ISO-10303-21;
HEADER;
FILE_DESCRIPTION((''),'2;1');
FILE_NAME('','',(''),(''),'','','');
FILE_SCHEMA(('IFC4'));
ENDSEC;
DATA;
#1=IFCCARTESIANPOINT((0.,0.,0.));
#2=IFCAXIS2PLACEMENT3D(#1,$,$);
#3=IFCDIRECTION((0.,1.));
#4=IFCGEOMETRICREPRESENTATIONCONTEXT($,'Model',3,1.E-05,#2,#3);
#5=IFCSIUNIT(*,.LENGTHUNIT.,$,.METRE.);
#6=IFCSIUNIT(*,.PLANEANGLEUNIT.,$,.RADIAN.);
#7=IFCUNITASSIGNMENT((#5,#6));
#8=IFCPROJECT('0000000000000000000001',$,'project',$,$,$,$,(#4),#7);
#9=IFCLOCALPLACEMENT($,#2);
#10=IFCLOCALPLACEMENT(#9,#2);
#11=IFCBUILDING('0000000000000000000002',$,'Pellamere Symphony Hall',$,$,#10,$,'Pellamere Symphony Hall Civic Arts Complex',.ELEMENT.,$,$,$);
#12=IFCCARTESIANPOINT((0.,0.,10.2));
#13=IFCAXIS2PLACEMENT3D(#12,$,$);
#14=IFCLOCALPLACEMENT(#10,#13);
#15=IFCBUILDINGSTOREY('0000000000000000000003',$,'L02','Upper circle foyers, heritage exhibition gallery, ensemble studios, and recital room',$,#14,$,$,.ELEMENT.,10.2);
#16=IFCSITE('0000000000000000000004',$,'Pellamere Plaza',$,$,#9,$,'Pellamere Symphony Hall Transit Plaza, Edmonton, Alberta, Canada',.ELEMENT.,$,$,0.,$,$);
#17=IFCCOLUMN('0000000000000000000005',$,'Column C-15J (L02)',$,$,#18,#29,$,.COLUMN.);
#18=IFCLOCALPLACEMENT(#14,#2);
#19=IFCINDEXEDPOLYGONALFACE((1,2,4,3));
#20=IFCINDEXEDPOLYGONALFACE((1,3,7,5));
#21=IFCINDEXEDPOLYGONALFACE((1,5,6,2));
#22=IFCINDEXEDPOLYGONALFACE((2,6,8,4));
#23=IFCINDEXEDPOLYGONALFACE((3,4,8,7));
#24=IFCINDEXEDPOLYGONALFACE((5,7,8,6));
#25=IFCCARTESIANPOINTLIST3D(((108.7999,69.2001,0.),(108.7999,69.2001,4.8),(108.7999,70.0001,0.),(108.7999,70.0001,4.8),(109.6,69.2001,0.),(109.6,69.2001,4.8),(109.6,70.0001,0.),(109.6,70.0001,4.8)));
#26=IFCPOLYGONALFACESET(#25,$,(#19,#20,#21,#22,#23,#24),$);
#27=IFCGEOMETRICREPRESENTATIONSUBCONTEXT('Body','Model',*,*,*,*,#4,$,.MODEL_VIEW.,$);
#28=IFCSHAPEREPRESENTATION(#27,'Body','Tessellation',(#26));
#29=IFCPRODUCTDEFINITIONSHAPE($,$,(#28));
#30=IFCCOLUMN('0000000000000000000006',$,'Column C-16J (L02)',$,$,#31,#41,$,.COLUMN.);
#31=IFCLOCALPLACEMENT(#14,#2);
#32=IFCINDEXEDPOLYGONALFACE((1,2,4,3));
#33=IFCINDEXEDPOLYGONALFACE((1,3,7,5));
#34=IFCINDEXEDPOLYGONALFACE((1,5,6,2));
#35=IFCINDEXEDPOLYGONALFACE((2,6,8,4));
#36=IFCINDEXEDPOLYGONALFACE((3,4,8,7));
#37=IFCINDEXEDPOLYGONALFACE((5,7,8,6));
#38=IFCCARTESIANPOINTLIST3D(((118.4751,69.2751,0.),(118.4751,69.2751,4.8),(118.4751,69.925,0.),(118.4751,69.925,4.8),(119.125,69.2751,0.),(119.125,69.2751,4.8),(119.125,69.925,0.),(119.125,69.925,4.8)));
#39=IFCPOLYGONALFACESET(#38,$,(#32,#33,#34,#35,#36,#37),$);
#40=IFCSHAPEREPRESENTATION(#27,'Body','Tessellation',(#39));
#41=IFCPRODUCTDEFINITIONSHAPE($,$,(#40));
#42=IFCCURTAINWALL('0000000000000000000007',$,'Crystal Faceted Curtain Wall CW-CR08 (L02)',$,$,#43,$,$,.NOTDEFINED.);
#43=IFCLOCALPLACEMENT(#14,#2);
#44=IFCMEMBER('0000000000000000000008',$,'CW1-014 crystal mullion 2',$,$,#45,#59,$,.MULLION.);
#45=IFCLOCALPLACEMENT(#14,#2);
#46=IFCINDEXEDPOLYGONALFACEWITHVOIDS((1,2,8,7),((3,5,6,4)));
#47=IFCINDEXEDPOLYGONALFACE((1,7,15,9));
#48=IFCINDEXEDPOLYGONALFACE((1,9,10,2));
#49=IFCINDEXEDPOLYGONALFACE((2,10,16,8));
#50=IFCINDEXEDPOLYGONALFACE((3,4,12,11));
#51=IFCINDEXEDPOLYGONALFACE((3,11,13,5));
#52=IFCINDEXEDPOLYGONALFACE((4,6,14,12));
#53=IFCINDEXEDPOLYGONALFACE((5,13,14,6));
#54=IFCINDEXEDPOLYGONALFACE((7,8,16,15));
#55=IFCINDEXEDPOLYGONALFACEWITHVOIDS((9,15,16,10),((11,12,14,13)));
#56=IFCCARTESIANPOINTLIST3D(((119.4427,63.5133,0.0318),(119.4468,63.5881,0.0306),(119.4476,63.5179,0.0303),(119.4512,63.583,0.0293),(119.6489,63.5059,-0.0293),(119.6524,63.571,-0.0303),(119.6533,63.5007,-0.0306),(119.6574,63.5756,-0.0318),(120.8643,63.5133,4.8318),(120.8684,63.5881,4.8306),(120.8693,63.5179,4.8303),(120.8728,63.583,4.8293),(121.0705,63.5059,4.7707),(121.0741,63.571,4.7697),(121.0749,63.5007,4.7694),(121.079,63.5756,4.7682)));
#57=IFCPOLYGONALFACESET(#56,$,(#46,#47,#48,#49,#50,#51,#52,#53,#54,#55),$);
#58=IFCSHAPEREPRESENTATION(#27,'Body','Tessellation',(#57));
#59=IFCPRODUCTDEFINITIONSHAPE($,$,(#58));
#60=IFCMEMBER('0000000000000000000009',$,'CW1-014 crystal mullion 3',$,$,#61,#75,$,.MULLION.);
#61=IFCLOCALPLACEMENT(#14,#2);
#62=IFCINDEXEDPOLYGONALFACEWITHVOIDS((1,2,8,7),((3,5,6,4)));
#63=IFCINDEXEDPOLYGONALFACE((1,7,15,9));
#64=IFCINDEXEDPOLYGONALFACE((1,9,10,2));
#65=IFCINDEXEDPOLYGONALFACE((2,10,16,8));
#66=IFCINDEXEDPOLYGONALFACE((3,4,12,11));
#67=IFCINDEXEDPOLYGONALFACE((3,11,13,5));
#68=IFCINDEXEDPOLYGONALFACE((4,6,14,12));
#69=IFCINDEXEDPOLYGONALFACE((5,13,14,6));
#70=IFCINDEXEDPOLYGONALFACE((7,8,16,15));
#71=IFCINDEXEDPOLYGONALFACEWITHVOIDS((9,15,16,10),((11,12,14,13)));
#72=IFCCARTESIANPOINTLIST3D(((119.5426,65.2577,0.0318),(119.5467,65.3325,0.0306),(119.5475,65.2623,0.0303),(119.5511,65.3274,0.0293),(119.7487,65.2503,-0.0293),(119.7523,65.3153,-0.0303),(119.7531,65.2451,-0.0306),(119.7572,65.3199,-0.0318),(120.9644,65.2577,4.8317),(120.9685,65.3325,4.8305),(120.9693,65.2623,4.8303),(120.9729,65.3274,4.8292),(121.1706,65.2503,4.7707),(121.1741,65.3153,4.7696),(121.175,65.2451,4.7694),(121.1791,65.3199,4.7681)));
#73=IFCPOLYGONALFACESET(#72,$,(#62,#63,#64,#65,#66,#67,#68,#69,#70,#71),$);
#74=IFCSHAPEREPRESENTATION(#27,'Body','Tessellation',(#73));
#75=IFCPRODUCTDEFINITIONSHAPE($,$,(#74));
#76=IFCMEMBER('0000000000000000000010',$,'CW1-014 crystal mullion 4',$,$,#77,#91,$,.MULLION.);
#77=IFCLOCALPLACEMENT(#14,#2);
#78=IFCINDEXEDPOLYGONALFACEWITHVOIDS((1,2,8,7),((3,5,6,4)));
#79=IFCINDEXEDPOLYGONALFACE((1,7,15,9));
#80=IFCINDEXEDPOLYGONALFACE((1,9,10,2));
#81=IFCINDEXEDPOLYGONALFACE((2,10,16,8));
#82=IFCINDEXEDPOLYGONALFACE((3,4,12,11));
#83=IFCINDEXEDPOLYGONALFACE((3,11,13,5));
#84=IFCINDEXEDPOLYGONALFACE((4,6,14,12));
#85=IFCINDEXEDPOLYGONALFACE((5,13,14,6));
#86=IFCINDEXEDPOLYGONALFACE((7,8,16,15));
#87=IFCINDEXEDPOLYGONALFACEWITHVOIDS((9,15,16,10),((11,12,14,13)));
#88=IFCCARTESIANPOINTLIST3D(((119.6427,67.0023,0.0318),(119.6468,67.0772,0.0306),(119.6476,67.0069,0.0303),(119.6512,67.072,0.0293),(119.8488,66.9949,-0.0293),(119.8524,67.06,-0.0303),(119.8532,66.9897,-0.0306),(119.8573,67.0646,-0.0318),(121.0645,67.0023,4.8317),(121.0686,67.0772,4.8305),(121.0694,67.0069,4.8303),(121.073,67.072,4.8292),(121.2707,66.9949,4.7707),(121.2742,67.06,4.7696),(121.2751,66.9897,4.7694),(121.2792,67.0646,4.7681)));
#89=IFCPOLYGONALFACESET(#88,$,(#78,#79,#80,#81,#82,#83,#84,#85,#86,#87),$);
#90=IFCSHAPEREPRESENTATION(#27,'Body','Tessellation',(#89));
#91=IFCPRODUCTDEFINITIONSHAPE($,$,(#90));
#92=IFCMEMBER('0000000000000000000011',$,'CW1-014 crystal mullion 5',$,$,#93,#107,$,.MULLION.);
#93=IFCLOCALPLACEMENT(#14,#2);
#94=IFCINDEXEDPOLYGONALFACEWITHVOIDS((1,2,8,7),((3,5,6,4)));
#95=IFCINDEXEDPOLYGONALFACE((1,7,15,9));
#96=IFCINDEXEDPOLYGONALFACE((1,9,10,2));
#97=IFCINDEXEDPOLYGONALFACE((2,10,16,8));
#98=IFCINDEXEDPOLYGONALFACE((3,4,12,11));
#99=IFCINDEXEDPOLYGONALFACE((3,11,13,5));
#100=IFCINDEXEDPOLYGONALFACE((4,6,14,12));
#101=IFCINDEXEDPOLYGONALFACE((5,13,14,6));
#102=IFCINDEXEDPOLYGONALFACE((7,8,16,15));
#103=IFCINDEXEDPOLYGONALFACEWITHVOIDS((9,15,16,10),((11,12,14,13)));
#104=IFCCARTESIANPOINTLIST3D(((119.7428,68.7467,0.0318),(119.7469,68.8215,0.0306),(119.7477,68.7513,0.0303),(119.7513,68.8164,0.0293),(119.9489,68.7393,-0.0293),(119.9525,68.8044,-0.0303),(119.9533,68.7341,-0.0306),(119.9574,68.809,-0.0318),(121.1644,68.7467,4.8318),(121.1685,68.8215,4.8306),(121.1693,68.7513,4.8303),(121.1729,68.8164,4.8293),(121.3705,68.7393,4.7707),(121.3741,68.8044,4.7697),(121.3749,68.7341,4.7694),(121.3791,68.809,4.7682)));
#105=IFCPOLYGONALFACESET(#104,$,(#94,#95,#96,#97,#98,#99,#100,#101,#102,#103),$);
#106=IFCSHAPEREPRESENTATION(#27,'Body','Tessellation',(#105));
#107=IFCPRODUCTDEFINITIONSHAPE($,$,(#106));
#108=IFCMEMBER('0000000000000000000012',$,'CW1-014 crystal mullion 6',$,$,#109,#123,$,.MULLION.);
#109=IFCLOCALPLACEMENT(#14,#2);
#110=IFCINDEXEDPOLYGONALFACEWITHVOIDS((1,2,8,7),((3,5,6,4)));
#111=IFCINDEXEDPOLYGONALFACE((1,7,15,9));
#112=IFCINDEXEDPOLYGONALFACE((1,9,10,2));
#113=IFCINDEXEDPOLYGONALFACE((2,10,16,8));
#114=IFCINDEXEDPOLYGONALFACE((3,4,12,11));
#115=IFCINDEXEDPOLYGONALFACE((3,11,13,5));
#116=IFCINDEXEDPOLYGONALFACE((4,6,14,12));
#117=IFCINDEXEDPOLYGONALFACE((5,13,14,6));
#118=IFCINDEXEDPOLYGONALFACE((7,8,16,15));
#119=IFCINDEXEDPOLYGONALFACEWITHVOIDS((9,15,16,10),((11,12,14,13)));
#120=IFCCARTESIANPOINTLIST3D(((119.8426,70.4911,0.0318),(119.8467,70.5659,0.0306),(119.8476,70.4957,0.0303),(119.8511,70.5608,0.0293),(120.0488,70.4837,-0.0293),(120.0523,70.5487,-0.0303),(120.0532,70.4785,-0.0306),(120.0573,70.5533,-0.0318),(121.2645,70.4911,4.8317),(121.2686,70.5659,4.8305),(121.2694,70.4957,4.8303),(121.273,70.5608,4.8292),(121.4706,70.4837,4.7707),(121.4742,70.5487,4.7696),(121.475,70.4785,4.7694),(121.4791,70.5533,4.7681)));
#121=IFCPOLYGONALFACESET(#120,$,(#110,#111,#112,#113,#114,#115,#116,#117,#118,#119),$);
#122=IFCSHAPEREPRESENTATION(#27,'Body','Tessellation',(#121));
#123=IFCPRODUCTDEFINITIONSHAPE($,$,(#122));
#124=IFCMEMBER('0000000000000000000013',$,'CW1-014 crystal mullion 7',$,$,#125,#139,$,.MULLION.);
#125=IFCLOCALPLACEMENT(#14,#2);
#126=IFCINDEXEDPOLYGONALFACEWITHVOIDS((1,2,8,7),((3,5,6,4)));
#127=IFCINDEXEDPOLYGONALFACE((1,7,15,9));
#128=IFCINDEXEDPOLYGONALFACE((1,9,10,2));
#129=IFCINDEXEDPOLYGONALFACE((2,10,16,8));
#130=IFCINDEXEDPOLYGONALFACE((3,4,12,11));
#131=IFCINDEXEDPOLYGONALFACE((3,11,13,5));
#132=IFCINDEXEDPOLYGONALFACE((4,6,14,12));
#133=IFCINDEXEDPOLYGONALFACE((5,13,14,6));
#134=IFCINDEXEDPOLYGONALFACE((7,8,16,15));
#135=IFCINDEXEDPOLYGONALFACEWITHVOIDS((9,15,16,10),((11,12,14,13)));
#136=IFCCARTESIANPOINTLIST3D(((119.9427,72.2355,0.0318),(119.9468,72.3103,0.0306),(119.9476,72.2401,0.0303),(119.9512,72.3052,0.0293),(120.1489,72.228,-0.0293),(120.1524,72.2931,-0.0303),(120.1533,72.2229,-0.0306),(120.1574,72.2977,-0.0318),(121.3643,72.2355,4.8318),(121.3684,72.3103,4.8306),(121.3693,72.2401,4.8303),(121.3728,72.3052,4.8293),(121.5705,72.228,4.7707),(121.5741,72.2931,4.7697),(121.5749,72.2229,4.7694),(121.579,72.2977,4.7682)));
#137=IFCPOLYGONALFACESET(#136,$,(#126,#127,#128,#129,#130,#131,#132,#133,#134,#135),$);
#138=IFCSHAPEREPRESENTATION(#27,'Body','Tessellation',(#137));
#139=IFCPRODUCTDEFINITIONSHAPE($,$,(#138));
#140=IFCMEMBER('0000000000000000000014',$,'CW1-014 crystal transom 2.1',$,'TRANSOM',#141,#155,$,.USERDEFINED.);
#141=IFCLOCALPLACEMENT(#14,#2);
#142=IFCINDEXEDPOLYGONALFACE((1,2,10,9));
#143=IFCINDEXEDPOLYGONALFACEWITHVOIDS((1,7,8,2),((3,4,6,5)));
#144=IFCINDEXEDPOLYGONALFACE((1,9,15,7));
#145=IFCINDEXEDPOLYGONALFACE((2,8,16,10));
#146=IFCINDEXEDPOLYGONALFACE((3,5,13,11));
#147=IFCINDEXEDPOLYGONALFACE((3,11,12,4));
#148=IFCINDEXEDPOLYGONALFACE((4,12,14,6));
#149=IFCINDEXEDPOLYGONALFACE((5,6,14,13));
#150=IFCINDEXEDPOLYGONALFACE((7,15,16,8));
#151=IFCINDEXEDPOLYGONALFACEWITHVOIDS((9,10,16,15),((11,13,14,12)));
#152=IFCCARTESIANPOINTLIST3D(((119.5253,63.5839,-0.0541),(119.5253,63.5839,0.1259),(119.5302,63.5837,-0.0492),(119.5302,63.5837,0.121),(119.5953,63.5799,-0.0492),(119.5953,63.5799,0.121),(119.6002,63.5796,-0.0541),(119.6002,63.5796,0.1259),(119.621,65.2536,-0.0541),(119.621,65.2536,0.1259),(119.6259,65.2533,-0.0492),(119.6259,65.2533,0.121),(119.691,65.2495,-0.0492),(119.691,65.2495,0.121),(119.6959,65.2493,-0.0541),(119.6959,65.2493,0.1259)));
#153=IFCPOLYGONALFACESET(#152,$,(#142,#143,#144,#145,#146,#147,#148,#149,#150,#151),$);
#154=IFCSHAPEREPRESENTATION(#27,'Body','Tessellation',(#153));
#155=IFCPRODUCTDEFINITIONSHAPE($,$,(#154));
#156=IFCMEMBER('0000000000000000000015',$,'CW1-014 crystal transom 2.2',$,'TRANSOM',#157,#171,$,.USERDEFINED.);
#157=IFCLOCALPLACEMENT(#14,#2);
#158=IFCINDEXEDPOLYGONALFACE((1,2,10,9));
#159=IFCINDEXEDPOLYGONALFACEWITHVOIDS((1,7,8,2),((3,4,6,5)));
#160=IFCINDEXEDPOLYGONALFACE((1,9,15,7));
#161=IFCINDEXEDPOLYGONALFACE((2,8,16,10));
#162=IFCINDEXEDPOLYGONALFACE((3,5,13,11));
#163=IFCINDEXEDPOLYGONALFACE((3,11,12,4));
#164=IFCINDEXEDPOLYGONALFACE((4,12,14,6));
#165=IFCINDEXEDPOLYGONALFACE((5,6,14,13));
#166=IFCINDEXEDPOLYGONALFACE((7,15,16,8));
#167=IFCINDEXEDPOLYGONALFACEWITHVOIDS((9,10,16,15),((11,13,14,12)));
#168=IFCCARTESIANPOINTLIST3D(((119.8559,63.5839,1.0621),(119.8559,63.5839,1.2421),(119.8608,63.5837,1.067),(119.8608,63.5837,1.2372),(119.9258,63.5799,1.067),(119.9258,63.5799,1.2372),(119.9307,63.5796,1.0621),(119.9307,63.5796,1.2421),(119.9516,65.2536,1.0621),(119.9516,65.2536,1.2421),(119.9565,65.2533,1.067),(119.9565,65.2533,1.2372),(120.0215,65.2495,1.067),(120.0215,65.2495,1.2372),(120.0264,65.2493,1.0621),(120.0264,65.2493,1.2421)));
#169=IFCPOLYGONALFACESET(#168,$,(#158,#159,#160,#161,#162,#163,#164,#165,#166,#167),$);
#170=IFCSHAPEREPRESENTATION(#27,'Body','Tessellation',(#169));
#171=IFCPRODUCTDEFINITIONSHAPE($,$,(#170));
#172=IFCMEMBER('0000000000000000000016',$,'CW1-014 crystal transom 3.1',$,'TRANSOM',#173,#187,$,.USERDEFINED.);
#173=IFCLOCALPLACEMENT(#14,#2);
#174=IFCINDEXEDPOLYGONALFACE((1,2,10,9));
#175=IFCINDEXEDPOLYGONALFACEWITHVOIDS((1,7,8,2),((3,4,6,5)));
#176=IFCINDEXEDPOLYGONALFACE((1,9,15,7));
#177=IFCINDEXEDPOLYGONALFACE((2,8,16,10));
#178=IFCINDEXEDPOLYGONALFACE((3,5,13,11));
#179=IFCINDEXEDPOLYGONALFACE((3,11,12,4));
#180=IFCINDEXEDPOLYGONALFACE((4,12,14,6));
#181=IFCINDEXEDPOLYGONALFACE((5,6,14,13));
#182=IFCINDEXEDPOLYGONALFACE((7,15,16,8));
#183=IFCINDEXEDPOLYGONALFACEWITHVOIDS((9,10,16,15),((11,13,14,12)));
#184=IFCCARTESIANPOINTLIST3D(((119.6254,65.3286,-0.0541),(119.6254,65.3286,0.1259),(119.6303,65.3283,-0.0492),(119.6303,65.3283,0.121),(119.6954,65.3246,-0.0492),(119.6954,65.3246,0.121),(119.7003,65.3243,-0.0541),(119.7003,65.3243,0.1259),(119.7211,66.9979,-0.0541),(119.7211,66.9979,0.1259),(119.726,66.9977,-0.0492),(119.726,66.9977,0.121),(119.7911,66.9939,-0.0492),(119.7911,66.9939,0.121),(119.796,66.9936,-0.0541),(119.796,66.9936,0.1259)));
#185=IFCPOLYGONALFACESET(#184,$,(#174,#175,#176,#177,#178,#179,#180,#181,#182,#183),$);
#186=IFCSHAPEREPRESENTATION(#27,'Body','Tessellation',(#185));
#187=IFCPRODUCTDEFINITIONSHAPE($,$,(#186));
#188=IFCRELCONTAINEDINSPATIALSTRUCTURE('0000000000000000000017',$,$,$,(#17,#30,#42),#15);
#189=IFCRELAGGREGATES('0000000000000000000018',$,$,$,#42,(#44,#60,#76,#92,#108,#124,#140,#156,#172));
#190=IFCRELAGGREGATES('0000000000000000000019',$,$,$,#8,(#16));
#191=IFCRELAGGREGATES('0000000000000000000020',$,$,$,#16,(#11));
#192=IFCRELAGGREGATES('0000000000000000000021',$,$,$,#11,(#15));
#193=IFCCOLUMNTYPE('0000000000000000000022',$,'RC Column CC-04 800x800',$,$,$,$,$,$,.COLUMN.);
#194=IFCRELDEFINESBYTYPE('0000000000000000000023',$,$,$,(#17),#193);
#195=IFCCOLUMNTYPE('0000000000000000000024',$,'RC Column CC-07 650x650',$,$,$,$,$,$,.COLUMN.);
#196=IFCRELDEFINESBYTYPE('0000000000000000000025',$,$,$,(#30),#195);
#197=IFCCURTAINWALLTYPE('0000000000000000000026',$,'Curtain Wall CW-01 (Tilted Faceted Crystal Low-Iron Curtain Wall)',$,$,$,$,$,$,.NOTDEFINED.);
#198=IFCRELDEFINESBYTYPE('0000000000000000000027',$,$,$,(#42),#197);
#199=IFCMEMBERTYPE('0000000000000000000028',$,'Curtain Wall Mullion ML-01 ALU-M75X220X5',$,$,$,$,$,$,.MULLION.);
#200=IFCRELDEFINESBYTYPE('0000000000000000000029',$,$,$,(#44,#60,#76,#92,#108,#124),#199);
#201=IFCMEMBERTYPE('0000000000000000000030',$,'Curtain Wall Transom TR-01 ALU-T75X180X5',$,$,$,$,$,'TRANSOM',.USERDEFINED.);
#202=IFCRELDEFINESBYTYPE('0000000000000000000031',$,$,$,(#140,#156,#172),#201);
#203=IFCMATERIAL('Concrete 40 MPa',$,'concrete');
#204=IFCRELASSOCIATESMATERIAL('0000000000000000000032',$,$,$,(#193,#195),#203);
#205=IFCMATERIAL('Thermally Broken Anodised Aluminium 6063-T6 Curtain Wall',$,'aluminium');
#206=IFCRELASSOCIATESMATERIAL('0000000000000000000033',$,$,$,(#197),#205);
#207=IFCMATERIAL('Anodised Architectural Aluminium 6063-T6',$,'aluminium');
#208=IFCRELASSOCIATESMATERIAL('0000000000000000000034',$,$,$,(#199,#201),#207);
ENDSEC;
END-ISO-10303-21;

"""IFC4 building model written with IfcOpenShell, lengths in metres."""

from ifc_helpers import new_model, si_unit, direction, frame, origin, origin_2d, place, context, subcontext, project, spatial, rectangle, hollow_rectangle, extrude, material, material_profile, profile_set, type_object, element, aggregate, save


model = new_model("IFC4")

# Units and contexts
model_context = context("Model", 3, precision=1e-05, world=origin(), true_north=direction((0.0, 1.0)))
body_context = subcontext(model_context, "Body", "Model", "MODEL_VIEW")
ifc_project = project(units=[si_unit("LENGTHUNIT", "METRE"), si_unit("PLANEANGLEUNIT", "RADIAN")], contexts=[model_context])

# Site, building, storey
site_placement = place(None, origin())
site = spatial("IfcSite", under=ifc_project, at=site_placement, Name="Pellamere Plaza", LongName="Pellamere Symphony Hall Transit Plaza, Edmonton, Alberta, Canada", CompositionType="ELEMENT", RefElevation=0.0)
building_placement = place(site_placement, origin())
building = spatial("IfcBuilding", under=site, at=building_placement, Name="Pellamere Symphony Hall", LongName="Pellamere Symphony Hall Civic Arts Complex", CompositionType="ELEMENT")
storey_placement = place(building_placement, frame((0.0, 0.0, 10.2)))
storey = spatial("IfcBuildingStorey", under=building, at=storey_placement, Name="L02", Description="Upper circle foyers, heritage exhibition gallery, ensemble studios, and recital room", CompositionType="ELEMENT", Elevation=10.2)

# Columns
ifc_material_1 = material(Name="Concrete 40 MPa", Category="concrete")
ifc_material_profile_1 = material_profile(ifc_material_1, rectangle(XDim=0.8, YDim=0.8, at=origin_2d()), Name="RC 800x800")
ifc_profile_set_1 = profile_set([ifc_material_profile_1], Name="Concrete 40 MPa")
column_type_1 = type_object("IfcColumnType", Name="RC Column CC-04 800x800", PredefinedType="COLUMN", material=ifc_profile_set_1)
column_1_placement = place(storey_placement, frame((109.2, 69.6001, 0.0), z_axis=(0.0, 0.0, 1.0), x_axis=(1.0, 0.0, 0.0)))
element("IfcColumn", 1, at=column_1_placement, inside=storey, type_object=column_type_1, Name="Column C-15J (L02)", PredefinedType="COLUMN", context=body_context, shape_type="SweptSolid", body=[
    extrude(rectangle(XDim=0.8, YDim=0.8, at=origin_2d()), origin(), (0.0, 0.0, 1.0), 4.8),
])
ifc_material_profile_2 = material_profile(ifc_material_1, rectangle(XDim=0.6499, YDim=0.6499, at=origin_2d()), Name="RC 650x650")
ifc_profile_set_2 = profile_set([ifc_material_profile_2], Name="Concrete 40 MPa")
column_type_2 = type_object("IfcColumnType", Name="RC Column CC-07 650x650", PredefinedType="COLUMN", material=ifc_profile_set_2)
column_2_placement = place(storey_placement, frame((118.8, 69.6001, 0.0), z_axis=(0.0, 0.0, 1.0), x_axis=(1.0, 0.0, 0.0)))
element("IfcColumn", 2, at=column_2_placement, inside=storey, type_object=column_type_2, Name="Column C-16J (L02)", PredefinedType="COLUMN", context=body_context, shape_type="SweptSolid", body=[
    extrude(rectangle(XDim=0.6499, YDim=0.6499, at=origin_2d()), origin(), (0.0, 0.0, 1.0), 4.8),
])

# Curtain wall, members
ifc_material_2 = material(Name="Thermally Broken Anodised Aluminium 6063-T6 Curtain Wall", Category="aluminium")
curtain_wall_type = type_object("IfcCurtainWallType", Name="Curtain Wall CW-01 (Tilted Faceted Crystal Low-Iron Curtain Wall)", PredefinedType="NOTDEFINED", material=ifc_material_2)
curtain_wall_placement = place(storey_placement, origin())
curtain_wall = element("IfcCurtainWall", 3, at=curtain_wall_placement, inside=storey, type_object=curtain_wall_type, Name="Crystal Faceted Curtain Wall CW-CR08 (L02)", PredefinedType="NOTDEFINED")
ifc_material_3 = material(Name="Anodised Architectural Aluminium 6063-T6", Category="aluminium")
ifc_material_profile_3 = material_profile(ifc_material_3, hollow_rectangle(XDim=0.075, YDim=0.22, WallThickness=0.0049, at=origin_2d()), Name="ALU-M75X220X5")
ifc_profile_set_3 = profile_set([ifc_material_profile_3], Name="Anodised Architectural Aluminium 6063-T6")
member_type_1 = type_object("IfcMemberType", Name="Curtain Wall Mullion ML-01 ALU-M75X220X5", PredefinedType="MULLION", material=ifc_profile_set_3)
member_1_placement = place(storey_placement, frame((119.55, 63.5444, 0.0), z_axis=(0.283977, 0.0, 0.958831), x_axis=(-0.054875, -0.998361, 0.016252)))
member_1 = element("IfcMember", 4, at=member_1_placement, type_object=member_type_1, Name="CW1-014 crystal mullion 2", PredefinedType="MULLION", context=body_context, shape_type="SweptSolid", body=[
    extrude(hollow_rectangle(XDim=0.075, YDim=0.22, WallThickness=0.0049, at=origin_2d()), origin(), (0.0, 0.0, 1.0), 5.0061),
])
member_2_placement = place(storey_placement, frame((119.6499, 65.2888, 0.0), z_axis=(0.284022, 0.0, 0.958818), x_axis=(-0.054874, -0.998361, 0.016255)))
member_2 = element("IfcMember", 5, at=member_2_placement, type_object=member_type_1, Name="CW1-014 crystal mullion 3", PredefinedType="MULLION", context=body_context, shape_type="SweptSolid", body=[
    extrude(hollow_rectangle(XDim=0.075, YDim=0.22, WallThickness=0.0049, at=origin_2d()), origin(), (0.0, 0.0, 1.0), 5.0061),
])
member_3_placement = place(storey_placement, frame((119.75, 67.0334, 0.0), z_axis=(0.284022, 0.0, 0.958818), x_axis=(-0.054874, -0.998361, 0.016255)))
member_3 = element("IfcMember", 6, at=member_3_placement, type_object=member_type_1, Name="CW1-014 crystal mullion 4", PredefinedType="MULLION", context=body_context, shape_type="SweptSolid", body=[
    extrude(hollow_rectangle(XDim=0.075, YDim=0.22, WallThickness=0.0049, at=origin_2d()), origin(), (0.0, 0.0, 1.0), 5.0061),
])
member_4_placement = place(storey_placement, frame((119.8501, 68.7778, 0.0), z_axis=(0.283977, 0.0, 0.958831), x_axis=(-0.054875, -0.998361, 0.016252)))
member_4 = element("IfcMember", 7, at=member_4_placement, type_object=member_type_1, Name="CW1-014 crystal mullion 5", PredefinedType="MULLION", context=body_context, shape_type="SweptSolid", body=[
    extrude(hollow_rectangle(XDim=0.075, YDim=0.22, WallThickness=0.0049, at=origin_2d()), origin(), (0.0, 0.0, 1.0), 5.0061),
])
member_5_placement = place(storey_placement, frame((119.95, 70.5222, 0.0), z_axis=(0.284022, 0.0, 0.958818), x_axis=(-0.054874, -0.998361, 0.016255)))
member_5 = element("IfcMember", 8, at=member_5_placement, type_object=member_type_1, Name="CW1-014 crystal mullion 6", PredefinedType="MULLION", context=body_context, shape_type="SweptSolid", body=[
    extrude(hollow_rectangle(XDim=0.075, YDim=0.22, WallThickness=0.0049, at=origin_2d()), origin(), (0.0, 0.0, 1.0), 5.0061),
])
member_6_placement = place(storey_placement, frame((120.05, 72.2666, 0.0), z_axis=(0.283977, 0.0, 0.958831), x_axis=(-0.054875, -0.998361, 0.016252)))
member_6 = element("IfcMember", 9, at=member_6_placement, type_object=member_type_1, Name="CW1-014 crystal mullion 7", PredefinedType="MULLION", context=body_context, shape_type="SweptSolid", body=[
    extrude(hollow_rectangle(XDim=0.075, YDim=0.22, WallThickness=0.0049, at=origin_2d()), origin(), (0.0, 0.0, 1.0), 5.0061),
])
ifc_material_profile_4 = material_profile(ifc_material_3, hollow_rectangle(XDim=0.075, YDim=0.1799, WallThickness=0.0049, at=origin_2d()), Name="ALU-T75X180X5")
ifc_profile_set_4 = profile_set([ifc_material_profile_4], Name="Anodised Architectural Aluminium 6063-T6")
member_type_2 = type_object("IfcMemberType", Name="Curtain Wall Transom TR-01 ALU-T75X180X5", ElementType="TRANSOM", PredefinedType="USERDEFINED", material=ifc_profile_set_4)
member_7_placement = place(storey_placement, frame((119.5627, 63.5818, 0.0359), z_axis=(0.057224, 0.998361, 0.0), x_axis=(-0.998361, 0.057224, 0.0)))
member_7 = element("IfcMember", 10, at=member_7_placement, type_object=member_type_2, Name="CW1-014 crystal transom 2.1", ObjectType="TRANSOM", PredefinedType="USERDEFINED", context=body_context, shape_type="SweptSolid", body=[
    extrude(hollow_rectangle(XDim=0.075, YDim=0.1799, WallThickness=0.0049, at=origin_2d()), origin(), (0.0, 0.0, 1.0), 1.6724),
])
member_8_placement = place(storey_placement, frame((119.8933, 63.5818, 1.1521), z_axis=(0.057224, 0.998361, 0.0), x_axis=(-0.998361, 0.057224, 0.0)))
member_8 = element("IfcMember", 11, at=member_8_placement, type_object=member_type_2, Name="CW1-014 crystal transom 2.2", ObjectType="TRANSOM", PredefinedType="USERDEFINED", context=body_context, shape_type="SweptSolid", body=[
    extrude(hollow_rectangle(XDim=0.075, YDim=0.1799, WallThickness=0.0049, at=origin_2d()), origin(), (0.0, 0.0, 1.0), 1.6724),
])
member_9_placement = place(storey_placement, frame((119.6628, 65.3264, 0.0359), z_axis=(0.057233, 0.998361, 0.0), x_axis=(-0.998361, 0.057233, 0.0)))
member_9 = element("IfcMember", 12, at=member_9_placement, type_object=member_type_2, Name="CW1-014 crystal transom 3.1", ObjectType="TRANSOM", PredefinedType="USERDEFINED", context=body_context, shape_type="SweptSolid", body=[
    extrude(hollow_rectangle(XDim=0.075, YDim=0.1799, WallThickness=0.0049, at=origin_2d()), origin(), (0.0, 0.0, 1.0), 1.6721),
])

aggregate(curtain_wall, [member_1, member_2, member_3, member_4, member_5, member_6, member_7, member_8, member_9])

save(model, "model.ifc")
